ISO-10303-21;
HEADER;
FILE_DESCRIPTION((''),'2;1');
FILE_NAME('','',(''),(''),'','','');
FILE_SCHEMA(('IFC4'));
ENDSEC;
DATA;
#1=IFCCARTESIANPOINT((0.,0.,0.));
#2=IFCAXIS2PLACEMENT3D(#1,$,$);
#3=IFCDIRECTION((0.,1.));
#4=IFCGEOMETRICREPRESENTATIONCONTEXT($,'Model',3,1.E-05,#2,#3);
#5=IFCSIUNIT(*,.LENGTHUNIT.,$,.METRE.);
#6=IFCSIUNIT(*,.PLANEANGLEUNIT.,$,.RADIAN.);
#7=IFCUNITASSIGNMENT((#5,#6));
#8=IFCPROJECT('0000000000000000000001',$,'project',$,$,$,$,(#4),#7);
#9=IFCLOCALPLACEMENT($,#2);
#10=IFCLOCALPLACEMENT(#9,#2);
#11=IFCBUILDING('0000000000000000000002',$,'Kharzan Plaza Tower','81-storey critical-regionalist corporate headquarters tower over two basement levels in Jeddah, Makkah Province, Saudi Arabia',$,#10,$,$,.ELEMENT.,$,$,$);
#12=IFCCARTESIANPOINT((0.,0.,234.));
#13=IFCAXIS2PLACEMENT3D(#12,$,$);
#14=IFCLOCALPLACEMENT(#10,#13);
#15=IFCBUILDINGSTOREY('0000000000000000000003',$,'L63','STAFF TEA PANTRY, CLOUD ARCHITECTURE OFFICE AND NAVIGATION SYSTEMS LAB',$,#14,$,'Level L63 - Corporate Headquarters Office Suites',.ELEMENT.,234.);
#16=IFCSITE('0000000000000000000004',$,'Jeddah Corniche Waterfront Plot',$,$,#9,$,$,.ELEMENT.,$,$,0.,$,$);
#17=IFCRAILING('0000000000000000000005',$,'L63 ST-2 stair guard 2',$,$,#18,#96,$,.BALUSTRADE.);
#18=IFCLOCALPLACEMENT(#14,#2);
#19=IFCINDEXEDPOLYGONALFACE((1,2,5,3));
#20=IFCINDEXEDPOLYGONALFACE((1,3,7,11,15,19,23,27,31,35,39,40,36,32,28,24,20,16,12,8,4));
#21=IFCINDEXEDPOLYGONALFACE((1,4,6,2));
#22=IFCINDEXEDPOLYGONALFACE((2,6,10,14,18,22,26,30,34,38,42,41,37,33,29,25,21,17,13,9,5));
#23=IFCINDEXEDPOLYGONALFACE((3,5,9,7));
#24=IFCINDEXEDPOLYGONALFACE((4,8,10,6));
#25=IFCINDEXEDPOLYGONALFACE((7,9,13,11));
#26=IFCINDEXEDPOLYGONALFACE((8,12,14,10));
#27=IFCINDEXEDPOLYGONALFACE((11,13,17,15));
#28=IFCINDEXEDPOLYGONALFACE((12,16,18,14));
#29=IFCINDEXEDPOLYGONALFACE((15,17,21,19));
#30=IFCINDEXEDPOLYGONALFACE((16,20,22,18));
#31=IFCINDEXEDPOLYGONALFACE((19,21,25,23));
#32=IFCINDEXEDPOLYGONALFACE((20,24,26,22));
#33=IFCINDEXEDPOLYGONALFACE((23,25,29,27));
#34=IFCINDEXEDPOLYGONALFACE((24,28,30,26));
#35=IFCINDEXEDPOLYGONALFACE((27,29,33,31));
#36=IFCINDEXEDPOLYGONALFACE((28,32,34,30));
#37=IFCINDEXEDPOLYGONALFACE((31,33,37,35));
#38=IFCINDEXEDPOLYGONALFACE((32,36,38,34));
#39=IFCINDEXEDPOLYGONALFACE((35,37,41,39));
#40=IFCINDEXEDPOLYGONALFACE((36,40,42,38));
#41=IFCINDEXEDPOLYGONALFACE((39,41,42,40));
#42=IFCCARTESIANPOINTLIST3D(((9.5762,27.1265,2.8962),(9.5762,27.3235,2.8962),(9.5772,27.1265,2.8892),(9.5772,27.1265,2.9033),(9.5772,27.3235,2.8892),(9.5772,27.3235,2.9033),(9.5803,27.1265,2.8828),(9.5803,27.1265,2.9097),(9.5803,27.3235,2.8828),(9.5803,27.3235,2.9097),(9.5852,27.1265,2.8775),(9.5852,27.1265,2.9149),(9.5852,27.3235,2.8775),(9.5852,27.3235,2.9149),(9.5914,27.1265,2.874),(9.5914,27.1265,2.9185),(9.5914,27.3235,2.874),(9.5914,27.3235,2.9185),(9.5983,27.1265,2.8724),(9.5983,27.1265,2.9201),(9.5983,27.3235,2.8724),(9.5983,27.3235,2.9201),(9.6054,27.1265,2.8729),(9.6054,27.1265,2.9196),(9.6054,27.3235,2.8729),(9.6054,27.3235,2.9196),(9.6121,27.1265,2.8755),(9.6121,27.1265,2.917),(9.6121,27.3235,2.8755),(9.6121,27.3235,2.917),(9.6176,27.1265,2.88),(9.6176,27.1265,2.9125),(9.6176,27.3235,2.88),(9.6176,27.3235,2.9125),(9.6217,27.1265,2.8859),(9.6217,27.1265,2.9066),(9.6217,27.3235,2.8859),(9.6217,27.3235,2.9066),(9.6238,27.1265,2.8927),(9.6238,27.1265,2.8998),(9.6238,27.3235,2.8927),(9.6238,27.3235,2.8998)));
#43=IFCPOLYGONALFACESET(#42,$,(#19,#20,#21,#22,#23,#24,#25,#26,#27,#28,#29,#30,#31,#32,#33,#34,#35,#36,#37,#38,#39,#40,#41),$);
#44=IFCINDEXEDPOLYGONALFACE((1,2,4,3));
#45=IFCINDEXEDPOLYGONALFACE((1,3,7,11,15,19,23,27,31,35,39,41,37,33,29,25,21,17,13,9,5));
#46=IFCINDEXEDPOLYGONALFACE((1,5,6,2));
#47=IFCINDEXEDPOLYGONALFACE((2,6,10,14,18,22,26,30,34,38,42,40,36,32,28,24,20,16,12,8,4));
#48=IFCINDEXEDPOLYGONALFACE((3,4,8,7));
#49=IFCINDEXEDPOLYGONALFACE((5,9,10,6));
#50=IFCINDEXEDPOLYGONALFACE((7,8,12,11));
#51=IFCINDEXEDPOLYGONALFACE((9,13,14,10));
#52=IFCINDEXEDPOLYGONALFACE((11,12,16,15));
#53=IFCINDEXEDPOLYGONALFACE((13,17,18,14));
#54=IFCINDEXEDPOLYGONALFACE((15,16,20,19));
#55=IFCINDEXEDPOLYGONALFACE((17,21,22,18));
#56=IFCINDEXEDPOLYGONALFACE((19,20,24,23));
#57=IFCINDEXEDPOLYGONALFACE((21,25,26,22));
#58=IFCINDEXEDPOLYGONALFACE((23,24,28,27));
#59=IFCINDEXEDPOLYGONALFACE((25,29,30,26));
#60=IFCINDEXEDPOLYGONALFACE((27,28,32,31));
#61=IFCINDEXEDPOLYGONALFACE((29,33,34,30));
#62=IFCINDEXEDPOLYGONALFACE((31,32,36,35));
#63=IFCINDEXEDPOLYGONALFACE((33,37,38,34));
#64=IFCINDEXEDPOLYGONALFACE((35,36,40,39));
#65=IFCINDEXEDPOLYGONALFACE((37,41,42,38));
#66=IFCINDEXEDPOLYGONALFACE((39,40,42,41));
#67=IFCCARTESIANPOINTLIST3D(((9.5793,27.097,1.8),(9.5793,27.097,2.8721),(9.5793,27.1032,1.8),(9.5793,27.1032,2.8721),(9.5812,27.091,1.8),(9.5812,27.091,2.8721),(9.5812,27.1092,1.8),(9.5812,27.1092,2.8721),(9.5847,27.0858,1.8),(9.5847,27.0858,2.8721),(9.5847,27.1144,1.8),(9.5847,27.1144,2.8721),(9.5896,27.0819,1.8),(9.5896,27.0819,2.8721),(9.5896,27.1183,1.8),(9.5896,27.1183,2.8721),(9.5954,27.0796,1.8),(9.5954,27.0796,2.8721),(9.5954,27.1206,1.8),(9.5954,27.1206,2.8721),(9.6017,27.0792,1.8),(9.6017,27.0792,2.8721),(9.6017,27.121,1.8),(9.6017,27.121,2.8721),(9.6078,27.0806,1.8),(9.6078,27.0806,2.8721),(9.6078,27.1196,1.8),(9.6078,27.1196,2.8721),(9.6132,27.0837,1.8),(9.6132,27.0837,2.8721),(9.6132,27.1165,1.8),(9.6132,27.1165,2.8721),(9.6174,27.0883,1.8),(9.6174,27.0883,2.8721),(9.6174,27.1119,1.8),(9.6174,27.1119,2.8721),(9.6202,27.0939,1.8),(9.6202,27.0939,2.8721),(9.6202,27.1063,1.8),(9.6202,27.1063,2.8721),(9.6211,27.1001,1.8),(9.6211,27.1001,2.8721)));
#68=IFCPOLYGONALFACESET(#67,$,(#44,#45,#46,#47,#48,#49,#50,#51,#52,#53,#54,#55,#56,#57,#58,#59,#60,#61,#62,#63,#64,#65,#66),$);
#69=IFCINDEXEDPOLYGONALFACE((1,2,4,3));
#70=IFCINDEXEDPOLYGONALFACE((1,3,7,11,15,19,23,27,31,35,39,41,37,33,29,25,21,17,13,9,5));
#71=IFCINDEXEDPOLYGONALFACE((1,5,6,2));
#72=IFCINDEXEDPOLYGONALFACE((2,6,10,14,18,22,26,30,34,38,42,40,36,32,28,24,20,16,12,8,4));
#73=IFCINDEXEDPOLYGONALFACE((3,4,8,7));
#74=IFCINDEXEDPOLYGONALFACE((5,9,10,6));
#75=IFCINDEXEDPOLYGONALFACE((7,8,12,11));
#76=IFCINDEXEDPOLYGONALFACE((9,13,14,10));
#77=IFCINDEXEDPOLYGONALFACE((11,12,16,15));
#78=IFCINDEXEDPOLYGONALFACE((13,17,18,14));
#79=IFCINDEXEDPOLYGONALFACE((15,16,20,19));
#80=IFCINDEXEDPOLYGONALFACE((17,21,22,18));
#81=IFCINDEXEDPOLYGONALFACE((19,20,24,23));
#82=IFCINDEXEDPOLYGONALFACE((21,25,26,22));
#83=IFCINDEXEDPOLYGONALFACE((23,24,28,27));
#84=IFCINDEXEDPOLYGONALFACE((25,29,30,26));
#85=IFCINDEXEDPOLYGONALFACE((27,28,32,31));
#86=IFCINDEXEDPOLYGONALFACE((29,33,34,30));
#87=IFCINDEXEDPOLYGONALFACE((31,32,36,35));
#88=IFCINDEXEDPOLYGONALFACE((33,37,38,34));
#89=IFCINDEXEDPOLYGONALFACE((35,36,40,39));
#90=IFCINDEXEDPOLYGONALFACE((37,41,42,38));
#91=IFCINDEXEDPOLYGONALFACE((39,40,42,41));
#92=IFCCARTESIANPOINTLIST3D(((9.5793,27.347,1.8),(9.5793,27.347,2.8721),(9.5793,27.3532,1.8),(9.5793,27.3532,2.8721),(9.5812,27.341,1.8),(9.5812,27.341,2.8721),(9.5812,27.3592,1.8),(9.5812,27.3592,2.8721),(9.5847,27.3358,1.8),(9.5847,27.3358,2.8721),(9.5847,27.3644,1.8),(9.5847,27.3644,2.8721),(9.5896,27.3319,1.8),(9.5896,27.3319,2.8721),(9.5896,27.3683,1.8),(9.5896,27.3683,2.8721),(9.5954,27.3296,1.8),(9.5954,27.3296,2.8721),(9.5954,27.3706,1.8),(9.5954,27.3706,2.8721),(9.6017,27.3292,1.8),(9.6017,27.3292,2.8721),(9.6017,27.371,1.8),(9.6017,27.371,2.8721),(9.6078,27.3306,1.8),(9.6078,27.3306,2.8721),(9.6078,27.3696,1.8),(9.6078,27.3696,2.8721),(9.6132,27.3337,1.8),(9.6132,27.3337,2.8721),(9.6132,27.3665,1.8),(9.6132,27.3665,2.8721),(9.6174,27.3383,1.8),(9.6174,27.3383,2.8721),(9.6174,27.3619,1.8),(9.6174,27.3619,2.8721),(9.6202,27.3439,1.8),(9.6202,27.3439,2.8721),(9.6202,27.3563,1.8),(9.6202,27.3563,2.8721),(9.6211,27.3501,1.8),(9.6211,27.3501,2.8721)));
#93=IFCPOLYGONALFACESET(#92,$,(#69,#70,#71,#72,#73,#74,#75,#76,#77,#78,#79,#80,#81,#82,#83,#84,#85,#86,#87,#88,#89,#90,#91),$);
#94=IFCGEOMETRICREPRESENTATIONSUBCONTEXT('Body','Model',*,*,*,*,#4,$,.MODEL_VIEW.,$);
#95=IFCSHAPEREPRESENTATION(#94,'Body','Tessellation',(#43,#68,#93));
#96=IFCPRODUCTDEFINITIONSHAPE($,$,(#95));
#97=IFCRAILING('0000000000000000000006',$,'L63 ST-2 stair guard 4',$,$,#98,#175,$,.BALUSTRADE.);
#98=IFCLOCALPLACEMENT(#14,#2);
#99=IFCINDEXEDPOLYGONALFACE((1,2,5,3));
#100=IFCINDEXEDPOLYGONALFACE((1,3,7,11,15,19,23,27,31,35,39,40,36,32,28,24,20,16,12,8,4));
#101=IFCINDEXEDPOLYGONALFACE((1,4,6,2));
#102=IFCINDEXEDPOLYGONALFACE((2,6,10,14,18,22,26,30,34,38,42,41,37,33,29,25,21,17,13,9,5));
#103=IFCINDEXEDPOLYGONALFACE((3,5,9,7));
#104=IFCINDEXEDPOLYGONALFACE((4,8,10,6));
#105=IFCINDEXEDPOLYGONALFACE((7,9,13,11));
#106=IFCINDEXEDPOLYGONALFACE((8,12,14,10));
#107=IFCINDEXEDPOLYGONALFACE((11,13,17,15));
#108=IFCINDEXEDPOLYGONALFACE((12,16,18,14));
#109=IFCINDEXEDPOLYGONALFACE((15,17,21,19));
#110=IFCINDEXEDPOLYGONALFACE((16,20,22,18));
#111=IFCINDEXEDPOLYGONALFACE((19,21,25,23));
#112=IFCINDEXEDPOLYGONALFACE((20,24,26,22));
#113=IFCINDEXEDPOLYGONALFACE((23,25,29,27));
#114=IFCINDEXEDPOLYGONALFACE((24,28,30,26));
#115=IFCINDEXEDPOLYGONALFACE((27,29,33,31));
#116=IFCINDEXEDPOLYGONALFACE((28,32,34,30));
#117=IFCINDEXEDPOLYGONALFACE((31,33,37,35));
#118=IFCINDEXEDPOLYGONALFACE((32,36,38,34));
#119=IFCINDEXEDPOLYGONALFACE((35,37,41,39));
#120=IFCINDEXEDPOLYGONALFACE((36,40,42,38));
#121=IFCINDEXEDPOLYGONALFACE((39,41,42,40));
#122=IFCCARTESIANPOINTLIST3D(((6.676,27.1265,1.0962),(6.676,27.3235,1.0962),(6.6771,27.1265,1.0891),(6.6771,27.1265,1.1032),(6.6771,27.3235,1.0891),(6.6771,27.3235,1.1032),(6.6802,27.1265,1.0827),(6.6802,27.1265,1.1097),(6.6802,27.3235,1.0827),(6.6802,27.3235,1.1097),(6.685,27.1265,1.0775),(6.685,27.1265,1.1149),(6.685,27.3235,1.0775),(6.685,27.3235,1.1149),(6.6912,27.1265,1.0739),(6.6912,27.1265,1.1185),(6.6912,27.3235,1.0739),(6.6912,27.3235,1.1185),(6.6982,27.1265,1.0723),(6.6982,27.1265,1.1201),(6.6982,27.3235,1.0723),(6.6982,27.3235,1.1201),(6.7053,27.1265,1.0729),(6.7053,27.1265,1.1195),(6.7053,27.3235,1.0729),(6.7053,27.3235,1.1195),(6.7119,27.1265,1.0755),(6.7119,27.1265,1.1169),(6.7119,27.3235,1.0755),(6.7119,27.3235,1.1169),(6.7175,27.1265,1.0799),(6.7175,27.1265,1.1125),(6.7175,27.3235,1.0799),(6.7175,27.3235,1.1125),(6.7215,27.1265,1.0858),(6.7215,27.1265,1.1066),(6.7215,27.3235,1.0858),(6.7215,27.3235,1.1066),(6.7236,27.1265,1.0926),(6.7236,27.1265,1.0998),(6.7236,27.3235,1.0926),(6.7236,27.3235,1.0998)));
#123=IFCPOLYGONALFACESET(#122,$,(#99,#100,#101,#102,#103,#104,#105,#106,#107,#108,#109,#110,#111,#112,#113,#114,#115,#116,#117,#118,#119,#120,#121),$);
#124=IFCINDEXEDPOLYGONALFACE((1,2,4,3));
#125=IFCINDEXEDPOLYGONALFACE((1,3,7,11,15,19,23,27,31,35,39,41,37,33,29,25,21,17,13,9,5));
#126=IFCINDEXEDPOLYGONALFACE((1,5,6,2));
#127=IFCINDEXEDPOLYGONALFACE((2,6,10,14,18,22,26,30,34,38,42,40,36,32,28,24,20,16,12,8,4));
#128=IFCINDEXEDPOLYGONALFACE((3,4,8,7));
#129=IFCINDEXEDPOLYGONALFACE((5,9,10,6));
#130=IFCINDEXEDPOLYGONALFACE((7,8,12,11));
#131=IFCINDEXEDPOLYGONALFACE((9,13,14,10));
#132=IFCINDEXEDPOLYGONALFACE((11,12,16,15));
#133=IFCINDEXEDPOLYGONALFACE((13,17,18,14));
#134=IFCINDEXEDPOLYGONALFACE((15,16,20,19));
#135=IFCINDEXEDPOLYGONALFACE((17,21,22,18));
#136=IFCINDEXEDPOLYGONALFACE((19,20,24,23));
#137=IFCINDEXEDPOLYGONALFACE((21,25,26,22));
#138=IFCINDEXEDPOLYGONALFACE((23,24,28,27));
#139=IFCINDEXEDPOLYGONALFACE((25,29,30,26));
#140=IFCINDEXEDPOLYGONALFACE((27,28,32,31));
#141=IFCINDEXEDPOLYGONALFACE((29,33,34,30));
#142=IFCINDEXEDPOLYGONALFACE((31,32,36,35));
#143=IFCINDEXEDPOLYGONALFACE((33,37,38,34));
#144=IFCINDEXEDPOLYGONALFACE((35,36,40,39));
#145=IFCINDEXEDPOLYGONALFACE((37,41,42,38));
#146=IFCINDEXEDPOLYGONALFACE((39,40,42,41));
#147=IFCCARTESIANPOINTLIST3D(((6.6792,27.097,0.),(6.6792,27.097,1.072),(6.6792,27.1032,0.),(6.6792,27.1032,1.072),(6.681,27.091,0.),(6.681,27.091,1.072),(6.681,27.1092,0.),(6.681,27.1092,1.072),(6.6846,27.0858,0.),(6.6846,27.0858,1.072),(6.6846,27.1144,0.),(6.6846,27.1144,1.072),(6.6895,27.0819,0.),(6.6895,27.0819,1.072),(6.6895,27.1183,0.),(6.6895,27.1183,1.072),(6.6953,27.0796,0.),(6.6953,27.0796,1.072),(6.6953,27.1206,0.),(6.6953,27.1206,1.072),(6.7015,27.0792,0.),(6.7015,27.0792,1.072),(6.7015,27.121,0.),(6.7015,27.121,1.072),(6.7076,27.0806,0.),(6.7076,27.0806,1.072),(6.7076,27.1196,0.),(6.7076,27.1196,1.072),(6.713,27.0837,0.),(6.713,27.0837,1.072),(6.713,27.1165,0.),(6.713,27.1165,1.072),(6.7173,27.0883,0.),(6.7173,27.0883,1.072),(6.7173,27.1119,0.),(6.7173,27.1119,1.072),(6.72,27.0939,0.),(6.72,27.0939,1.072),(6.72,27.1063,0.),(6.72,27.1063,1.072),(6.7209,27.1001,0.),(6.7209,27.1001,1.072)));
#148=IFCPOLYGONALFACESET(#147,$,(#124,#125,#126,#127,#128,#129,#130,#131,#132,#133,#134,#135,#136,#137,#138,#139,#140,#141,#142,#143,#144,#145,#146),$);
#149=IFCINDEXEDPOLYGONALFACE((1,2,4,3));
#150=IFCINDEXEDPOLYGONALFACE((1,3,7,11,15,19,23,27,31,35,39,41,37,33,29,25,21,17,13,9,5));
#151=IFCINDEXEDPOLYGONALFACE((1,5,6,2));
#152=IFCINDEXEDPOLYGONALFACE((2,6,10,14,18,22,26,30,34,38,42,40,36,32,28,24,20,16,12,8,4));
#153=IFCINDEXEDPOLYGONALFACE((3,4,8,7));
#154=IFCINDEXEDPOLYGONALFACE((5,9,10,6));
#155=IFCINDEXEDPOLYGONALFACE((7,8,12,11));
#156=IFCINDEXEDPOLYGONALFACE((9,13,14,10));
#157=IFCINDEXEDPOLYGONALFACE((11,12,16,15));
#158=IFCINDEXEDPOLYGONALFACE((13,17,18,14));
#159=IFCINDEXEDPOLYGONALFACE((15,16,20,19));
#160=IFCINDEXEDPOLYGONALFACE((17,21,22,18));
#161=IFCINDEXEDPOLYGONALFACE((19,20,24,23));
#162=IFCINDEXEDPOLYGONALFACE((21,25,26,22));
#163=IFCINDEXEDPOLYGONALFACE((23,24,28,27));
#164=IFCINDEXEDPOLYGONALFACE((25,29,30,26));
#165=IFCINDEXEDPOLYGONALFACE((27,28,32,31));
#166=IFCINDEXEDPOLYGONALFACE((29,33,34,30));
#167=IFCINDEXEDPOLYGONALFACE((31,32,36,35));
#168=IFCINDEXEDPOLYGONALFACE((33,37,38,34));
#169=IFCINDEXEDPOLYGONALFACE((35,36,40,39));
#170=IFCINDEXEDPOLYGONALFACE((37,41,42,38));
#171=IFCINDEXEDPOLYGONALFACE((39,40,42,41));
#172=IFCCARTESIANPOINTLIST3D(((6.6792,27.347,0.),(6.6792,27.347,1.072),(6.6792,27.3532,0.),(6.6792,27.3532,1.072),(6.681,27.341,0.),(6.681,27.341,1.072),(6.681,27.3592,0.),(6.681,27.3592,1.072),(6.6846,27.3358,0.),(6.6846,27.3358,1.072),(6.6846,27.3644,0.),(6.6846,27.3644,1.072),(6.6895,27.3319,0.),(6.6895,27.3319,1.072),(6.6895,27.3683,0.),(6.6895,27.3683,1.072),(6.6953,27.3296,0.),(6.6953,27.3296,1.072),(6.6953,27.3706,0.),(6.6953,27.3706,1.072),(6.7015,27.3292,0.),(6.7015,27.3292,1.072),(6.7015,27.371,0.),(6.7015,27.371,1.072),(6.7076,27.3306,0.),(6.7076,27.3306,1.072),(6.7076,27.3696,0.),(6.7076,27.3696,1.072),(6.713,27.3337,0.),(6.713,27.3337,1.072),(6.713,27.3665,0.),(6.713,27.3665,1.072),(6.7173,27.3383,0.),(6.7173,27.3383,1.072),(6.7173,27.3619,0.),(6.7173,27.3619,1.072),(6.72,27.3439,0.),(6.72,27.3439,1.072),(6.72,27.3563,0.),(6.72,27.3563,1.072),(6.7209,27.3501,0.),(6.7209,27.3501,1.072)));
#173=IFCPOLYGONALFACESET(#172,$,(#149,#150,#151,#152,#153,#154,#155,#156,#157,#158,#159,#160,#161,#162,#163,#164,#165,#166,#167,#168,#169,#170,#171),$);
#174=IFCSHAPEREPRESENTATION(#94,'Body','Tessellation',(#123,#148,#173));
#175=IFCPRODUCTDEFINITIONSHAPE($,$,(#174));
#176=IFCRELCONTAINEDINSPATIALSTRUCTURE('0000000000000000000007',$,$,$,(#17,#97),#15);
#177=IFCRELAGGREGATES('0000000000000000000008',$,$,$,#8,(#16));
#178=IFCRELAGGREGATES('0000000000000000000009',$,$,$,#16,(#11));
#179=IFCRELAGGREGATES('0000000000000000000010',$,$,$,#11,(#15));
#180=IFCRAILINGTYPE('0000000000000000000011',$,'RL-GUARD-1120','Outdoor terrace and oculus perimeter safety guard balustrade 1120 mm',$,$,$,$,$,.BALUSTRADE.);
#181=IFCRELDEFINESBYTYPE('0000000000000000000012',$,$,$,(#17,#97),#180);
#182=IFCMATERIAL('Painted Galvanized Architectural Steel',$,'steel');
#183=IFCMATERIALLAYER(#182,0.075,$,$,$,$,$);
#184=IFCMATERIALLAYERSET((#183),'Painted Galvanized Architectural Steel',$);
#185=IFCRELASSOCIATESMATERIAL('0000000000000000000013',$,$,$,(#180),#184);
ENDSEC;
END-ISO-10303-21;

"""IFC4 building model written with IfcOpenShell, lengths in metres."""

from ifc_helpers import new_model, si_unit, direction, frame, origin, origin_2d, place, context, subcontext, project, spatial, circle, extrude, source, transform, mapped, material, layer, layer_set, type_object, element, save


model = new_model("IFC4")

# Units and contexts
model_context = context("Model", 3, precision=1e-05, world=origin(), true_north=direction((0.0, 1.0)))
body_context = subcontext(model_context, "Body", "Model", "MODEL_VIEW")
ifc_project = project(units=[si_unit("LENGTHUNIT", "METRE"), si_unit("PLANEANGLEUNIT", "RADIAN")], contexts=[model_context])

# Site, building, storey
site_placement = place(None, origin())
site = spatial("IfcSite", under=ifc_project, at=site_placement, Name="Jeddah Corniche Waterfront Plot", CompositionType="ELEMENT", RefElevation=0.0)
building_placement = place(site_placement, origin())
building = spatial("IfcBuilding", under=site, at=building_placement, Name="Kharzan Plaza Tower", Description="81-storey critical-regionalist corporate headquarters tower over two basement levels in Jeddah, Makkah Province, Saudi Arabia", CompositionType="ELEMENT")
storey_placement = place(building_placement, frame((0.0, 0.0, 234.0)))
storey = spatial("IfcBuildingStorey", under=building, at=storey_placement, Name="L63", Description="STAFF TEA PANTRY, CLOUD ARCHITECTURE OFFICE AND NAVIGATION SYSTEMS LAB", LongName="Level L63 - Corporate Headquarters Office Suites", CompositionType="ELEMENT", Elevation=234.0)

# Railings
ifc_material_1 = material(Name="Painted Galvanized Architectural Steel", Category="steel")
ifc_layer_1 = layer(ifc_material_1, 0.075)
ifc_layer_set_1 = layer_set([ifc_layer_1], Name="Painted Galvanized Architectural Steel")
railing_type_1 = type_object("IfcRailingType", Name="RL-GUARD-1120", Description="Outdoor terrace and oculus perimeter safety guard balustrade 1120 mm", PredefinedType="BALUSTRADE", material=ifc_layer_set_1)
shared_shape_1 = source(origin(), body_context, "Body", "SweptSolid", [
    extrude(circle(Radius=0.0239, at=origin_2d()), frame((0.0, 0.0264, 1.0962), z_axis=(0.0, 1.0, 0.0), x_axis=(-1.0, 0.0, 0.0)), (0.0, 0.0, 1.0), 0.197),
    extrude(circle(Radius=0.021, at=origin_2d()), origin(), (0.0, 0.0, 1.0), 1.072),
    extrude(circle(Radius=0.021, at=origin_2d()), frame((0.0, 0.25, 0.0)), (0.0, 0.0, 1.0), 1.072),
])
for number, where, name in (
    (1, (9.6001, 27.1001, 1.8), "L63 ST-2 stair guard 2"),
    (2, (6.7, 27.1001, 0.0), "L63 ST-2 stair guard 4"),
):
    element("IfcRailing", number, at=place(storey_placement, frame(where)), inside=storey, type_object=railing_type_1, Name=name, PredefinedType="BALUSTRADE", context=body_context, shape_type="MappedRepresentation", body=[
        mapped(shared_shape_1, transform((0.0, 0.0, 0.0), x_axis=(1.0, 0.0, 0.0), y_axis=(0.0, 1.0, 0.0), z_axis=(0.0, 0.0, 1.0))),
    ])

save(model, "model.ifc")
